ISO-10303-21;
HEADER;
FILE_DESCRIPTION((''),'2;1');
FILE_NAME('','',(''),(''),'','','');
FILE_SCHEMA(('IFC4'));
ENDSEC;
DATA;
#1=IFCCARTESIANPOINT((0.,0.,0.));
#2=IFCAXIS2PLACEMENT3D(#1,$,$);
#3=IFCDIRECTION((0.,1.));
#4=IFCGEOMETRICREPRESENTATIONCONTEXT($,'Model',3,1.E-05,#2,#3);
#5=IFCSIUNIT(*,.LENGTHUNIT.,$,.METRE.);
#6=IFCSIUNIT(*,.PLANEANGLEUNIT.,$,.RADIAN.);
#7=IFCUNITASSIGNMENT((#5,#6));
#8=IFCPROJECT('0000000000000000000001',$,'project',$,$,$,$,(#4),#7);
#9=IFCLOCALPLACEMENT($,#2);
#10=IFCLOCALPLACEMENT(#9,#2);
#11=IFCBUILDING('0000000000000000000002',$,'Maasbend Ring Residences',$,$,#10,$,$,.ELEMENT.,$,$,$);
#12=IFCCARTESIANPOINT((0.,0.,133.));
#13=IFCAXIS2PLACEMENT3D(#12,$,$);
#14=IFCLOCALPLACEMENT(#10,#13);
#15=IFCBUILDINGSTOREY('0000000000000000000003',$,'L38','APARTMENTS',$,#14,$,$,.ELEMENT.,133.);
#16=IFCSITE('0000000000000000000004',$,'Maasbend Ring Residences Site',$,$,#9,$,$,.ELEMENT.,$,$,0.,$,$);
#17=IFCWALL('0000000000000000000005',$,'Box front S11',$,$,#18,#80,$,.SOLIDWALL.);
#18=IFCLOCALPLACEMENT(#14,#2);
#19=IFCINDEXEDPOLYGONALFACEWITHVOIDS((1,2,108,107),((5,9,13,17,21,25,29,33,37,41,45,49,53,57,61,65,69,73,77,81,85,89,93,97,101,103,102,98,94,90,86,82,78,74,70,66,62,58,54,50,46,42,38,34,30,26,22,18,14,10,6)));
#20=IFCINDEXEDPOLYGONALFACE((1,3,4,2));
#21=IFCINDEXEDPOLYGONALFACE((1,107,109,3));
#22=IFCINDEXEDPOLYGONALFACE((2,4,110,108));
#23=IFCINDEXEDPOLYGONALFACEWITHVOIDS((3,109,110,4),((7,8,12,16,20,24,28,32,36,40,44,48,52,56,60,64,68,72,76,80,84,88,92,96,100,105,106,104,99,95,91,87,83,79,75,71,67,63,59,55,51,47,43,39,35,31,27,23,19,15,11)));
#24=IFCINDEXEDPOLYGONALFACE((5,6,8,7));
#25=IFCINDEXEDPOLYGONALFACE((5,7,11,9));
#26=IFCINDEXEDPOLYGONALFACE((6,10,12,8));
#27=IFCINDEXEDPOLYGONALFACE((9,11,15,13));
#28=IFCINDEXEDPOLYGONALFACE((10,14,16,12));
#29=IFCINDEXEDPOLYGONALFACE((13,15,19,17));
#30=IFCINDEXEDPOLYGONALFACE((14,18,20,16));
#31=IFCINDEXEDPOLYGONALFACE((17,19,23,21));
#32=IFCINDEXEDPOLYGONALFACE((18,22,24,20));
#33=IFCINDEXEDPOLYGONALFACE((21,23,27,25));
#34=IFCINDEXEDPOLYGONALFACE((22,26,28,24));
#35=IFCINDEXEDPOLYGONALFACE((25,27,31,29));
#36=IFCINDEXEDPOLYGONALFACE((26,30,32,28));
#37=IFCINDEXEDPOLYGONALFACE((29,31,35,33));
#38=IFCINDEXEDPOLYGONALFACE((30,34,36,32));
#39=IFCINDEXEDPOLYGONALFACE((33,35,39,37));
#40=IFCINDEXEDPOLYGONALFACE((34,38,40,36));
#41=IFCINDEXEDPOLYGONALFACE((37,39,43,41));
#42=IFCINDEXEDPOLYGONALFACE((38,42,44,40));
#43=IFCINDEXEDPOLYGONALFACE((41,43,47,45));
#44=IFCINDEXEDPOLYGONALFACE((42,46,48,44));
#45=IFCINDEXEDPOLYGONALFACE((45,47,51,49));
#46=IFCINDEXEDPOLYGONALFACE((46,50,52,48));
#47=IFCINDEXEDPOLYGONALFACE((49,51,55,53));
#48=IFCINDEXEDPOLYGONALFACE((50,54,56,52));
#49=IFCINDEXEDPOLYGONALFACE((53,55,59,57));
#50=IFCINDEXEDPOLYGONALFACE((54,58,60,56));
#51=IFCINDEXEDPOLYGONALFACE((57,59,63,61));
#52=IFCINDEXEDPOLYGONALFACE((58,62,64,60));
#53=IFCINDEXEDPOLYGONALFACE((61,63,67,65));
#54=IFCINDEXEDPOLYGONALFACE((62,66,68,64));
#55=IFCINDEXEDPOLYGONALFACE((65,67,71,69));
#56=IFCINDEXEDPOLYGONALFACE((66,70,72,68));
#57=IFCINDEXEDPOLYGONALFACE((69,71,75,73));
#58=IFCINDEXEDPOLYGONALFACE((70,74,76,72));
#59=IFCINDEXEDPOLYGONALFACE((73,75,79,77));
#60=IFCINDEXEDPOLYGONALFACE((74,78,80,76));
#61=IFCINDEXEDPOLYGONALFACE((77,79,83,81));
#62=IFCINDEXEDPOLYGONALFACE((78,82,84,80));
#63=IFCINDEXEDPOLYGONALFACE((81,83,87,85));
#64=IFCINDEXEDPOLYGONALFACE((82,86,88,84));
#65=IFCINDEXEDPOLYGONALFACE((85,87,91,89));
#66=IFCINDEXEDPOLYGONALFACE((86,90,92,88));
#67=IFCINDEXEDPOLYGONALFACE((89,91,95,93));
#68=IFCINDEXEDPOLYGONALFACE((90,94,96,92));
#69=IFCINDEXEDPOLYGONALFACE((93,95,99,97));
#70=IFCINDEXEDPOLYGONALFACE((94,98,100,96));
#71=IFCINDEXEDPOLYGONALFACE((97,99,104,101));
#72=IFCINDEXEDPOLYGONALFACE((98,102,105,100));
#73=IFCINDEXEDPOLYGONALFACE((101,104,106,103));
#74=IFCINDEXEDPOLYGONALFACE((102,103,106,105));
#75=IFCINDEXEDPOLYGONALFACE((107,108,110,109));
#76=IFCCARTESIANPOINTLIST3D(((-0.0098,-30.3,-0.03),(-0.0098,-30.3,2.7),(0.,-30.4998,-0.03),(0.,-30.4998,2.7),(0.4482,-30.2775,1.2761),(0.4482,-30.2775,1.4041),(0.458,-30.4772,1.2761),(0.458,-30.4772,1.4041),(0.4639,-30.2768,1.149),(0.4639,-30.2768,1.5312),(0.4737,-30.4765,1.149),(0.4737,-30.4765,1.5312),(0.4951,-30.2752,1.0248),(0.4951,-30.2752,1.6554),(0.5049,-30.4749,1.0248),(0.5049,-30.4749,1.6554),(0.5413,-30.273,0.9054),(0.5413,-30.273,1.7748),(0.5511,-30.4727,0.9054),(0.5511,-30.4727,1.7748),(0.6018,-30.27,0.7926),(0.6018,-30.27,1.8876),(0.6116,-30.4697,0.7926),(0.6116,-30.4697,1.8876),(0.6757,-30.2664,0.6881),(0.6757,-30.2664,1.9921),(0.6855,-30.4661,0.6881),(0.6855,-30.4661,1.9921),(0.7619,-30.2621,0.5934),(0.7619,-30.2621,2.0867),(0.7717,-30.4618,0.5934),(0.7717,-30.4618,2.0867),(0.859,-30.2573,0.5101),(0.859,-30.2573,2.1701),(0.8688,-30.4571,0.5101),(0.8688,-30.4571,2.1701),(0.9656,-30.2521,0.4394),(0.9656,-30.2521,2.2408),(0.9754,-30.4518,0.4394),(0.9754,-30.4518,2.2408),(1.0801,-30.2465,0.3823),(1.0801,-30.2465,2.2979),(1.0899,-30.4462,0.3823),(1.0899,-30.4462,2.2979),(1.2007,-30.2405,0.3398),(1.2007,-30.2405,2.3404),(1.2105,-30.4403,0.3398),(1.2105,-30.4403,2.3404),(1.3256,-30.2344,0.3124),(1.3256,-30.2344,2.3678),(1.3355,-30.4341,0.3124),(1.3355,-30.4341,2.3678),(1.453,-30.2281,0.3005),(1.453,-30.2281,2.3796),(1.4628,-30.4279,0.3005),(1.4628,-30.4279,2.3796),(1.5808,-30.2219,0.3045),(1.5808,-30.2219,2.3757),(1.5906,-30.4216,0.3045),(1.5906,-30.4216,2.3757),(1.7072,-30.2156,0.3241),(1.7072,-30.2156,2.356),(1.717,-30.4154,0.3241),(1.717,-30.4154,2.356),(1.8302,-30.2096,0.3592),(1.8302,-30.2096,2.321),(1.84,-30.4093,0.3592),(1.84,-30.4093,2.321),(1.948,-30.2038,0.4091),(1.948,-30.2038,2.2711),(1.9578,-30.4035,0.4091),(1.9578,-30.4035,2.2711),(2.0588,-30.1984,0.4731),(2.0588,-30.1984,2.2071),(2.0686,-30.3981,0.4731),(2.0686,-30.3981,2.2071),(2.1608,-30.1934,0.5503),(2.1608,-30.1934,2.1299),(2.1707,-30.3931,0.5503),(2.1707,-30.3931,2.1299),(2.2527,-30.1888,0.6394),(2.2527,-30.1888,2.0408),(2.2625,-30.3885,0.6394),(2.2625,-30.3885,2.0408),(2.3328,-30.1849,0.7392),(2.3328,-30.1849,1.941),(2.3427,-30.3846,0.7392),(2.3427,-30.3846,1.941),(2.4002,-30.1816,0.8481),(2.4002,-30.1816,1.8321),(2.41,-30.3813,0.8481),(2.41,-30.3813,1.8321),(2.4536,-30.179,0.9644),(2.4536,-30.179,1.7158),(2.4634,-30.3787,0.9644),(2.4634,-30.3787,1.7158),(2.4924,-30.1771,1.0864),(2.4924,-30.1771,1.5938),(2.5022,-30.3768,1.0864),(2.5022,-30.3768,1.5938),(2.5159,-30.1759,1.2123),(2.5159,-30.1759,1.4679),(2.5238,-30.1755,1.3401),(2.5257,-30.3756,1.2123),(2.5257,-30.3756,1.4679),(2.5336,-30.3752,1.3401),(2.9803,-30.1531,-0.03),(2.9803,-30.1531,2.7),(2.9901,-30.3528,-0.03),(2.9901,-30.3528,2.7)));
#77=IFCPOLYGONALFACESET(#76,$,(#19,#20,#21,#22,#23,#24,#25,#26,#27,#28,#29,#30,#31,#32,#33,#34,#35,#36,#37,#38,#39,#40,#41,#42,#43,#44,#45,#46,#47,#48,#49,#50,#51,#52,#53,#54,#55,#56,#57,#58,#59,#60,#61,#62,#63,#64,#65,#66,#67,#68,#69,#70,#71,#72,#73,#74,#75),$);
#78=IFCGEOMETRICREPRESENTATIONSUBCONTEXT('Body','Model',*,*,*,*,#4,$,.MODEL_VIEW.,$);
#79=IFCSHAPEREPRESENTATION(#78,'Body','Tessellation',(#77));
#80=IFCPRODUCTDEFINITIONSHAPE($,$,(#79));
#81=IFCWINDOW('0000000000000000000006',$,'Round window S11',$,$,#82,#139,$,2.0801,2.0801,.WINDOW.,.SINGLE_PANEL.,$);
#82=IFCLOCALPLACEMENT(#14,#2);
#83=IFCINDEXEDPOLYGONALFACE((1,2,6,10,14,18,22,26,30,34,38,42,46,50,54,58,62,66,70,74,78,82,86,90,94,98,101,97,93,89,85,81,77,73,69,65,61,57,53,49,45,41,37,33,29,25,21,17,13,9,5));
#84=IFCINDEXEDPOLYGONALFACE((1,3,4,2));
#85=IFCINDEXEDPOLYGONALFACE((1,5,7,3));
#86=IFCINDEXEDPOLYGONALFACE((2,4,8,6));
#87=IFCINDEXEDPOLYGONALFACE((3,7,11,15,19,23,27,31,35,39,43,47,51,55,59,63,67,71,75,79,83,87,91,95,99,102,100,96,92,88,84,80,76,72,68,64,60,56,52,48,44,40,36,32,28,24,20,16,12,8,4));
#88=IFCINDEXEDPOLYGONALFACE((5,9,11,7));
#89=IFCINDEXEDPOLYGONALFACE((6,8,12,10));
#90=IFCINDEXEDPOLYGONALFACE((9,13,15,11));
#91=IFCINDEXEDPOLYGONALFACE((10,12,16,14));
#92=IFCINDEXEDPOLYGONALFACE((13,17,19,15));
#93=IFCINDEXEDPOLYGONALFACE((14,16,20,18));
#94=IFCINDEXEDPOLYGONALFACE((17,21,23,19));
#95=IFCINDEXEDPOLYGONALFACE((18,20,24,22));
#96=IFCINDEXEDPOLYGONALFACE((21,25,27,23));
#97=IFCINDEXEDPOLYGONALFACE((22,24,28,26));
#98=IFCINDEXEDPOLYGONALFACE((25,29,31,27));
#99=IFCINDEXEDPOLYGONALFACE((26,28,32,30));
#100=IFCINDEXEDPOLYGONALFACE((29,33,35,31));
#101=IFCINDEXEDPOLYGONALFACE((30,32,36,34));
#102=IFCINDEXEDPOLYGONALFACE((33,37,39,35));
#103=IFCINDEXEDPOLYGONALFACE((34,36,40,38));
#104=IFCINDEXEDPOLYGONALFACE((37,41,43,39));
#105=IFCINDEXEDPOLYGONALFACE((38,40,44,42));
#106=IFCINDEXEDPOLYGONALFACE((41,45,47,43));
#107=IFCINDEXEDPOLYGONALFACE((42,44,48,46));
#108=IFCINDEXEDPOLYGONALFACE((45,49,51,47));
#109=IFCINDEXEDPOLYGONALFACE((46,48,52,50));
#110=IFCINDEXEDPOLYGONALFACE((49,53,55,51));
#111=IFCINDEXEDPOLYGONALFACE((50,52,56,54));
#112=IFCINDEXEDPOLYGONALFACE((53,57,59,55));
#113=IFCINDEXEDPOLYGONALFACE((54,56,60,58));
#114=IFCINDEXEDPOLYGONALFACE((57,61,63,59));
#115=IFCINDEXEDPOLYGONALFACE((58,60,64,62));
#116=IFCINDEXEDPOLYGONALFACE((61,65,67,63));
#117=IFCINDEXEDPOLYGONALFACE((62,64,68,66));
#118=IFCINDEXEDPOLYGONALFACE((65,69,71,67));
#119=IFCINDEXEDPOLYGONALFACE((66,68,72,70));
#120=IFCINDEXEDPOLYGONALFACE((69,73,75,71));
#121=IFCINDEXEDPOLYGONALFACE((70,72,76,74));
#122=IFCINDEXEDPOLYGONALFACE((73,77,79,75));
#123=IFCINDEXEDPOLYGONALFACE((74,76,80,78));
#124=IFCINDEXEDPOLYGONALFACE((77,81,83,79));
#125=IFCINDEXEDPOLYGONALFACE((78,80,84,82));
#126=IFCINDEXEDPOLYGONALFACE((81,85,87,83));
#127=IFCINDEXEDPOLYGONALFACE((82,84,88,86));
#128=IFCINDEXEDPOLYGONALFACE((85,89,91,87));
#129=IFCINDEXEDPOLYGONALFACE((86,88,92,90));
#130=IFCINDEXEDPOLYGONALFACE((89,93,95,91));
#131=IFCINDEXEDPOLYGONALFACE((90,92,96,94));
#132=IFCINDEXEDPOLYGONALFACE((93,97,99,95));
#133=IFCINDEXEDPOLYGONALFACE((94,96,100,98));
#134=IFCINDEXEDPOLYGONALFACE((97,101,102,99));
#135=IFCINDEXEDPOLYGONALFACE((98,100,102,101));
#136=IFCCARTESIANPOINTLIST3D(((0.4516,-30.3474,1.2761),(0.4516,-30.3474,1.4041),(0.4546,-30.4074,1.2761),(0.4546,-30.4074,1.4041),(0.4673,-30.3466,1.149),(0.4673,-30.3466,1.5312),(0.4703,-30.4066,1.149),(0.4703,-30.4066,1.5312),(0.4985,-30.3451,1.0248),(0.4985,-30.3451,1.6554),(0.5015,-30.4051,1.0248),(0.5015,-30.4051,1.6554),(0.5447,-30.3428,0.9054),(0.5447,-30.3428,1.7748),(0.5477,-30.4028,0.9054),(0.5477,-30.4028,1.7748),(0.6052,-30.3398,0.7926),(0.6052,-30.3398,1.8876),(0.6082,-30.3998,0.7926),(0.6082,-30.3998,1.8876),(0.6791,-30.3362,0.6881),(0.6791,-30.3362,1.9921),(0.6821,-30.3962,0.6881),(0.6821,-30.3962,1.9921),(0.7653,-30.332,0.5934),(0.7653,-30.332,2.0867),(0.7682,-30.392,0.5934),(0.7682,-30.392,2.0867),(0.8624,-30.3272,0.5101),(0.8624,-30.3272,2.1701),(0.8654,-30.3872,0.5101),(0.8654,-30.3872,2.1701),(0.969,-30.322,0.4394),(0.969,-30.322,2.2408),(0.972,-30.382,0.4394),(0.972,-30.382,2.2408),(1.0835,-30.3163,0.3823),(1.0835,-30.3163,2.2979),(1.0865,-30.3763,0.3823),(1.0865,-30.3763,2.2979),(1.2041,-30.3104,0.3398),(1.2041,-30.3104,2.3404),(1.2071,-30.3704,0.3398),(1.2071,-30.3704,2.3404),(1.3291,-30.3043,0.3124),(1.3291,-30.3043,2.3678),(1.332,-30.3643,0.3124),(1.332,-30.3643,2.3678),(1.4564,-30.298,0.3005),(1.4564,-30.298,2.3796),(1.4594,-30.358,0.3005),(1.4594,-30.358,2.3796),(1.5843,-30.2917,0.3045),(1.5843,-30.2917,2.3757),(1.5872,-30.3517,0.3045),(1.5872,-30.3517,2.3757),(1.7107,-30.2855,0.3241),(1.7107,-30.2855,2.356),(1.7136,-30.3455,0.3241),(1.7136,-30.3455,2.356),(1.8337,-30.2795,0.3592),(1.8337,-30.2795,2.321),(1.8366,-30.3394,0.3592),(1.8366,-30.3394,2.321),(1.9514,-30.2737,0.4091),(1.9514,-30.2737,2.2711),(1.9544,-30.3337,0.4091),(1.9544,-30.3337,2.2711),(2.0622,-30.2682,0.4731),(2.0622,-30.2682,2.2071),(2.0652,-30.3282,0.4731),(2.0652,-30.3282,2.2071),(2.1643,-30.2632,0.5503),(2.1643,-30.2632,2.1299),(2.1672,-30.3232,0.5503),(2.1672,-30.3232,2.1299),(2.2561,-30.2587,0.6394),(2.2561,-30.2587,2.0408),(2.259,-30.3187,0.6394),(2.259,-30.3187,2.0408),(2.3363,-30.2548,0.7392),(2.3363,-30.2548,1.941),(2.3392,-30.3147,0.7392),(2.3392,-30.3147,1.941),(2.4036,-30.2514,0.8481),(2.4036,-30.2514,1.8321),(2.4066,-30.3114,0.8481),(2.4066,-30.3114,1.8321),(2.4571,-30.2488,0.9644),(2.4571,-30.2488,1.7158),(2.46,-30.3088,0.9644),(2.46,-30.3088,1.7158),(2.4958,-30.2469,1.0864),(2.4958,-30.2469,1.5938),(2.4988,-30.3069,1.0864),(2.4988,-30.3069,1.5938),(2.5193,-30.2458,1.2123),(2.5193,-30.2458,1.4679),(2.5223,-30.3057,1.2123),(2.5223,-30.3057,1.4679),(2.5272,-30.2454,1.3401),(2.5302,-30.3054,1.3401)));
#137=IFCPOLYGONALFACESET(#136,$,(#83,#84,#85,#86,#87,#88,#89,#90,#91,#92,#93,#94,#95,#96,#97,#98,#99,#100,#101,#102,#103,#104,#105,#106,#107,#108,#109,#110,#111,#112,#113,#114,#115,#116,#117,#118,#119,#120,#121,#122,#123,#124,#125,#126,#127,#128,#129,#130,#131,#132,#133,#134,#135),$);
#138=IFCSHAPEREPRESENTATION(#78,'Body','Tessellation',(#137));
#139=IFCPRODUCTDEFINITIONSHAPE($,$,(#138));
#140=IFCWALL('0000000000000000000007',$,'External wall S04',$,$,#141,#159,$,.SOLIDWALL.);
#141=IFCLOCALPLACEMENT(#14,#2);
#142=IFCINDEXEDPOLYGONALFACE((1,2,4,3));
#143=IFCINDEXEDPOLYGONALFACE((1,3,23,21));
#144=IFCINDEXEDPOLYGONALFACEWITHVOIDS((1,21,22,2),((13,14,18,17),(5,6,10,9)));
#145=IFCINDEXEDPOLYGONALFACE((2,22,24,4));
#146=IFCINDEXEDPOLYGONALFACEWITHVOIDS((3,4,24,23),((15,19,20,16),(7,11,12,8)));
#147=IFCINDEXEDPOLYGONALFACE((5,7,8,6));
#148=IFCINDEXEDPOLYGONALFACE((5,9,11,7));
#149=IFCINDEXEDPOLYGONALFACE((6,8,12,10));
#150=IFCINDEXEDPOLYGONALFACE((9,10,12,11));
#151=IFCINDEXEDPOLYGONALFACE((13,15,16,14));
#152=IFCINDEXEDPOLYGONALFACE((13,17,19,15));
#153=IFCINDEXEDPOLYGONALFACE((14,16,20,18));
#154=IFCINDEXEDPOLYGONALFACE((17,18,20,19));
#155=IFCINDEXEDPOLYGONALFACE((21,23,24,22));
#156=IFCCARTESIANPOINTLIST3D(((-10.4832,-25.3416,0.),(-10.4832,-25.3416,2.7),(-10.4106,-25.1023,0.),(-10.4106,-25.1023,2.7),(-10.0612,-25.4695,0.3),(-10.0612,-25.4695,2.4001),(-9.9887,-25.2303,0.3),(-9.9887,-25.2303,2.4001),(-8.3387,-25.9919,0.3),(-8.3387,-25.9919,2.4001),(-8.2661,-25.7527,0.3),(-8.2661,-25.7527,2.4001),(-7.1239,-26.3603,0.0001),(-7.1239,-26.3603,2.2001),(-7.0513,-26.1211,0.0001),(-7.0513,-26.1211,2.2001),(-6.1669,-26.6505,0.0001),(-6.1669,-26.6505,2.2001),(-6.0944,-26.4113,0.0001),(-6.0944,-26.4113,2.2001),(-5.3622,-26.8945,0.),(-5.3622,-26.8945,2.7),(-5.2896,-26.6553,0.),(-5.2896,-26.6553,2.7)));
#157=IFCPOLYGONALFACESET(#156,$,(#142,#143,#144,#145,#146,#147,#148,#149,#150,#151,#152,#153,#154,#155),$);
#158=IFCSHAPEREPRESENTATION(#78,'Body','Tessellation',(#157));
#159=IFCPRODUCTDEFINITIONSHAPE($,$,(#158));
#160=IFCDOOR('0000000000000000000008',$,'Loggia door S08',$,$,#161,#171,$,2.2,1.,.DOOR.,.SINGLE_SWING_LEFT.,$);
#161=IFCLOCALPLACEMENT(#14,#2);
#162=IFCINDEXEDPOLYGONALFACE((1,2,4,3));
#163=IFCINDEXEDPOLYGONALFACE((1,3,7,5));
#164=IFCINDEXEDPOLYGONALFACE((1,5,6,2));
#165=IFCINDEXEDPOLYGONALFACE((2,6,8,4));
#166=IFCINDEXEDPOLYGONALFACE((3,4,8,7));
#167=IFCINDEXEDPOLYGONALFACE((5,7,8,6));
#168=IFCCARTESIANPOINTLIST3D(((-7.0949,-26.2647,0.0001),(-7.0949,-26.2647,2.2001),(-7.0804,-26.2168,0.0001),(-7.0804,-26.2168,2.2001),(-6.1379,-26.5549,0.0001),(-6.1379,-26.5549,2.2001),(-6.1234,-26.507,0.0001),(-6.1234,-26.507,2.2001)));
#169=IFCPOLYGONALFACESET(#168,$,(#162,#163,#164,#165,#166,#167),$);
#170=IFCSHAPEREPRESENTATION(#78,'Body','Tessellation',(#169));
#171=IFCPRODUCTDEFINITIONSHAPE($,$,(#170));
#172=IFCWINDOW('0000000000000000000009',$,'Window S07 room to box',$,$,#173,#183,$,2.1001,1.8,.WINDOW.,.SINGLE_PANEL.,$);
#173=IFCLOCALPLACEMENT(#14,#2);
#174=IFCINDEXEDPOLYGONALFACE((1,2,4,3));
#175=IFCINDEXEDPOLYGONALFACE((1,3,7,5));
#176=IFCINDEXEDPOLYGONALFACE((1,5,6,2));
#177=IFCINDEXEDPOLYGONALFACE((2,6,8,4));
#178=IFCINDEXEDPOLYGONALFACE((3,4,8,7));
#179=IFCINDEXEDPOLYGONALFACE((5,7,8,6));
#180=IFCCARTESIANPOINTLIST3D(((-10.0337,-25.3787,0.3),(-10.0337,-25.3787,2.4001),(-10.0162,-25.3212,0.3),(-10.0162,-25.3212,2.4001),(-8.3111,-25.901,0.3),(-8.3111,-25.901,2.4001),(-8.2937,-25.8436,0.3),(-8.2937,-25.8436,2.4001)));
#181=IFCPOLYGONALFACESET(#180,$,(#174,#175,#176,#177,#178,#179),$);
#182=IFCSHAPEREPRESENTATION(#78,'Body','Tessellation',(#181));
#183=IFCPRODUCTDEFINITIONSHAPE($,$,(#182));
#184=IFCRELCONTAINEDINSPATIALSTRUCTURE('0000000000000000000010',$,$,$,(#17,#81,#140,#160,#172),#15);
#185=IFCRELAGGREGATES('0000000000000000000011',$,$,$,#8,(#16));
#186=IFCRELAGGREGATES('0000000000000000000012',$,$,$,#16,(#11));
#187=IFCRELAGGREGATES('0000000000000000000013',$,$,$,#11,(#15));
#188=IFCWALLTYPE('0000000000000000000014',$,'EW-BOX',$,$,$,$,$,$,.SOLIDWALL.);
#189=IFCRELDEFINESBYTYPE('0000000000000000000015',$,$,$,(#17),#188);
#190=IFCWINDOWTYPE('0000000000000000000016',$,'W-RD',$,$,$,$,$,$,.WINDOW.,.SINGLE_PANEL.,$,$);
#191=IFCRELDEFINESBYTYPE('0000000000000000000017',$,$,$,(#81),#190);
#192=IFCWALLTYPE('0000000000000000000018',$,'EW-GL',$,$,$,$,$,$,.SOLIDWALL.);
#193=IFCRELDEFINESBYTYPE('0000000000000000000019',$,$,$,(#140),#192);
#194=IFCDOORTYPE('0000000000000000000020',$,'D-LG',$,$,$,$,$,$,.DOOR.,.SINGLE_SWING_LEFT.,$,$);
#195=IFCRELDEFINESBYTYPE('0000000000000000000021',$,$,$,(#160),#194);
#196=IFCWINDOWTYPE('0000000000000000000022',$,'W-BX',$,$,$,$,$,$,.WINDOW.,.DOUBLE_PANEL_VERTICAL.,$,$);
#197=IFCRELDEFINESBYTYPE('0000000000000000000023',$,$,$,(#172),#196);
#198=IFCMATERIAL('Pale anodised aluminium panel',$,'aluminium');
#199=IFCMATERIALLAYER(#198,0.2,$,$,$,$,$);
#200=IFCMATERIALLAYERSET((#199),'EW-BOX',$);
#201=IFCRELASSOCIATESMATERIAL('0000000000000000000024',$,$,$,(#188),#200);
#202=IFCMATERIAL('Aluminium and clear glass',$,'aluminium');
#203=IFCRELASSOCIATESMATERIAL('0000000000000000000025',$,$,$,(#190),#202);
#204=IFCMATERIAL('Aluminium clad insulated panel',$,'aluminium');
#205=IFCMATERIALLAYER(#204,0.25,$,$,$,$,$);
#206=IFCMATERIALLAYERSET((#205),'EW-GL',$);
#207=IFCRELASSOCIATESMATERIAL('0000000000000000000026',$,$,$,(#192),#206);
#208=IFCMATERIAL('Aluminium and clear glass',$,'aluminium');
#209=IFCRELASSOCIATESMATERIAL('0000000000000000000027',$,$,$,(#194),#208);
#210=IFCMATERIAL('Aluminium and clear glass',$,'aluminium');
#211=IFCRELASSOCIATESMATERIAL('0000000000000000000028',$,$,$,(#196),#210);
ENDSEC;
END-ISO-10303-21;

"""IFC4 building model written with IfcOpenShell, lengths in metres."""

from ifc_helpers import new_model, si_unit, direction, frame, frame_2d, origin, place, context, subcontext, project, spatial, rectangle, circle, extrude, material, layer, layer_set, type_object, element, fill, save


model = new_model("IFC4")

# Units and contexts
model_context = context("Model", 3, precision=1e-05, world=origin(), true_north=direction((0.0, 1.0)))
body_context = subcontext(model_context, "Body", "Model", "MODEL_VIEW")
ifc_project = project(units=[si_unit("LENGTHUNIT", "METRE"), si_unit("PLANEANGLEUNIT", "RADIAN")], contexts=[model_context])

# Site, building, storey
site_placement = place(None, origin())
site = spatial("IfcSite", under=ifc_project, at=site_placement, Name="Maasbend Ring Residences Site", CompositionType="ELEMENT", RefElevation=0.0)
building_placement = place(site_placement, origin())
building = spatial("IfcBuilding", under=site, at=building_placement, Name="Maasbend Ring Residences", CompositionType="ELEMENT")
storey_placement = place(building_placement, frame((0.0, 0.0, 133.0)))
storey = spatial("IfcBuildingStorey", under=building, at=storey_placement, Name="L38", Description="APARTMENTS", CompositionType="ELEMENT", Elevation=133.0)

# Shared definitions
ifc_material_1 = material(Name="Pale anodised aluminium panel", Category="aluminium")
ifc_layer_1 = layer(ifc_material_1, 0.2)
ifc_layer_set_1 = layer_set([ifc_layer_1], Name="EW-BOX")
wall_type_1 = type_object("IfcWallType", Name="EW-BOX", PredefinedType="SOLIDWALL", material=ifc_layer_set_1)

# Shared definitions
ifc_material_2 = material(Name="Aluminium and clear glass", Category="aluminium")
window_type_1 = type_object("IfcWindowType", Name="W-RD", PartitioningType="SINGLE_PANEL", PredefinedType="WINDOW", material=ifc_material_2)

# Wall, opening, window
wall_1_placement = place(storey_placement, frame((-0.0049, -30.3999, -0.03), z_axis=(0.0, 0.0, 1.0), x_axis=(0.998794, 0.049096, 0.0)))
wall_1 = element("IfcWall", 1, at=wall_1_placement, inside=storey, type_object=wall_type_1, Name="Box front S11", PredefinedType="SOLIDWALL", context=body_context, shape_type="SweptSolid", body=[
    extrude(rectangle(XDim=2.9937, YDim=0.2, at=frame_2d((1.4968, 0.0))), origin(), (0.0, 0.0, 1.0), 2.73),
])
opening_1_placement = place(wall_1_placement, frame((0.4565, 0.0, 0.3301)))
opening_1 = element("IfcOpeningElement", 2, at=opening_1_placement, cuts=wall_1, PredefinedType="OPENING", context=body_context, shape_type="SweptSolid", body=[
    extrude(circle(Radius=1.04, at=frame_2d((1.04, 1.04))), frame((0.0, 0.1099, 0.0), z_axis=(0.0, -1.0, 0.0), x_axis=(1.0, 0.0, 0.0)), (0.0, 0.0, 1.0), 0.22),
])
window_1_placement = place(opening_1_placement, origin())
window_1 = element("IfcWindow", 3, at=window_1_placement, inside=storey, type_object=window_type_1, Name="Round window S11", OverallHeight=2.0801, OverallWidth=2.0801, PartitioningType="SINGLE_PANEL", PredefinedType="WINDOW", context=body_context, shape_type="SweptSolid", body=[
    extrude(circle(Radius=1.04, at=frame_2d((1.04, 1.04))), frame((0.0, 0.03, 0.0), z_axis=(0.0, -1.0, 0.0), x_axis=(1.0, 0.0, 0.0)), (0.0, 0.0, 1.0), 0.0601),
])
fill(opening_1, window_1)

# Wall, openings, door, window
ifc_material_3 = material(Name="Aluminium clad insulated panel", Category="aluminium")
ifc_layer_2 = layer(ifc_material_3, 0.25)
ifc_layer_set_2 = layer_set([ifc_layer_2], Name="EW-GL")
wall_type_2 = type_object("IfcWallType", Name="EW-GL", PredefinedType="SOLIDWALL", material=ifc_layer_set_2)
wall_2_placement = place(storey_placement, frame((-10.447, -25.2219, 0.0), z_axis=(0.0, 0.0, 1.0), x_axis=(0.956966, -0.290201, 0.0)))
wall_2 = element("IfcWall", 4, at=wall_2_placement, inside=storey, type_object=wall_type_2, Name="External wall S04", PredefinedType="SOLIDWALL", context=body_context, shape_type="SweptSolid", body=[
    extrude(rectangle(XDim=5.3513, YDim=0.25, at=frame_2d((2.6758, 0.0))), origin(), (0.0, 0.0, 1.0), 2.7),
])
opening_2_placement = place(wall_2_placement, frame((0.4412, 0.0, 0.3)))
opening_2 = element("IfcOpeningElement", 5, at=opening_2_placement, cuts=wall_2, PredefinedType="OPENING", context=body_context, shape_type="SweptSolid", body=[
    extrude(rectangle(XDim=1.8, YDim=2.1001, at=frame_2d((0.8999, 1.05))), frame((0.0, 0.135, 0.0), z_axis=(0.0, -1.0, 0.0), x_axis=(1.0, 0.0, 0.0)), (0.0, 0.0, 1.0), 0.27),
])
opening_3_placement = place(wall_2_placement, frame((3.5105, 0.0, 0.0)))
opening_3 = element("IfcOpeningElement", 6, at=opening_3_placement, cuts=wall_2, PredefinedType="OPENING", context=body_context, shape_type="SweptSolid", body=[
    extrude(rectangle(XDim=1.0, YDim=2.2, at=frame_2d((0.5, 1.1001))), frame((0.0, 0.135, 0.0), z_axis=(0.0, -1.0, 0.0), x_axis=(1.0, 0.0, 0.0)), (0.0, 0.0, 1.0), 0.27),
])
ifc_material_4 = material(Name="Aluminium and clear glass", Category="aluminium")
door_type_1 = type_object("IfcDoorType", Name="D-LG", OperationType="SINGLE_SWING_LEFT", PredefinedType="DOOR", material=ifc_material_4)
door_1_placement = place(opening_3_placement, origin())
door_1 = element("IfcDoor", 7, at=door_1_placement, inside=storey, type_object=door_type_1, Name="Loggia door S08", OperationType="SINGLE_SWING_LEFT", OverallHeight=2.2, OverallWidth=1.0, PredefinedType="DOOR", context=body_context, shape_type="SweptSolid", body=[
    extrude(rectangle(XDim=1.0, YDim=2.2, at=frame_2d((0.5, 1.1001))), frame((0.0, 0.0249, 0.0), z_axis=(0.0, -1.0, 0.0), x_axis=(1.0, 0.0, 0.0)), (0.0, 0.0, 1.0), 0.05),
])
fill(opening_3, door_1)
ifc_material_5 = material(Name="Aluminium and clear glass", Category="aluminium")
window_type_2 = type_object("IfcWindowType", Name="W-BX", PartitioningType="DOUBLE_PANEL_VERTICAL", PredefinedType="WINDOW", material=ifc_material_5)
window_2_placement = place(opening_2_placement, origin())
window_2 = element("IfcWindow", 8, at=window_2_placement, inside=storey, type_object=window_type_2, Name="Window S07 room to box", OverallHeight=2.1001, OverallWidth=1.8, PartitioningType="SINGLE_PANEL", PredefinedType="WINDOW", context=body_context, shape_type="SweptSolid", body=[
    extrude(rectangle(XDim=1.8, YDim=2.1001, at=frame_2d((0.8999, 1.05))), frame((0.0, 0.03, 0.0), z_axis=(0.0, -1.0, 0.0), x_axis=(1.0, 0.0, 0.0)), (0.0, 0.0, 1.0), 0.0601),
])
fill(opening_2, window_2)

save(model, "model.ifc")
